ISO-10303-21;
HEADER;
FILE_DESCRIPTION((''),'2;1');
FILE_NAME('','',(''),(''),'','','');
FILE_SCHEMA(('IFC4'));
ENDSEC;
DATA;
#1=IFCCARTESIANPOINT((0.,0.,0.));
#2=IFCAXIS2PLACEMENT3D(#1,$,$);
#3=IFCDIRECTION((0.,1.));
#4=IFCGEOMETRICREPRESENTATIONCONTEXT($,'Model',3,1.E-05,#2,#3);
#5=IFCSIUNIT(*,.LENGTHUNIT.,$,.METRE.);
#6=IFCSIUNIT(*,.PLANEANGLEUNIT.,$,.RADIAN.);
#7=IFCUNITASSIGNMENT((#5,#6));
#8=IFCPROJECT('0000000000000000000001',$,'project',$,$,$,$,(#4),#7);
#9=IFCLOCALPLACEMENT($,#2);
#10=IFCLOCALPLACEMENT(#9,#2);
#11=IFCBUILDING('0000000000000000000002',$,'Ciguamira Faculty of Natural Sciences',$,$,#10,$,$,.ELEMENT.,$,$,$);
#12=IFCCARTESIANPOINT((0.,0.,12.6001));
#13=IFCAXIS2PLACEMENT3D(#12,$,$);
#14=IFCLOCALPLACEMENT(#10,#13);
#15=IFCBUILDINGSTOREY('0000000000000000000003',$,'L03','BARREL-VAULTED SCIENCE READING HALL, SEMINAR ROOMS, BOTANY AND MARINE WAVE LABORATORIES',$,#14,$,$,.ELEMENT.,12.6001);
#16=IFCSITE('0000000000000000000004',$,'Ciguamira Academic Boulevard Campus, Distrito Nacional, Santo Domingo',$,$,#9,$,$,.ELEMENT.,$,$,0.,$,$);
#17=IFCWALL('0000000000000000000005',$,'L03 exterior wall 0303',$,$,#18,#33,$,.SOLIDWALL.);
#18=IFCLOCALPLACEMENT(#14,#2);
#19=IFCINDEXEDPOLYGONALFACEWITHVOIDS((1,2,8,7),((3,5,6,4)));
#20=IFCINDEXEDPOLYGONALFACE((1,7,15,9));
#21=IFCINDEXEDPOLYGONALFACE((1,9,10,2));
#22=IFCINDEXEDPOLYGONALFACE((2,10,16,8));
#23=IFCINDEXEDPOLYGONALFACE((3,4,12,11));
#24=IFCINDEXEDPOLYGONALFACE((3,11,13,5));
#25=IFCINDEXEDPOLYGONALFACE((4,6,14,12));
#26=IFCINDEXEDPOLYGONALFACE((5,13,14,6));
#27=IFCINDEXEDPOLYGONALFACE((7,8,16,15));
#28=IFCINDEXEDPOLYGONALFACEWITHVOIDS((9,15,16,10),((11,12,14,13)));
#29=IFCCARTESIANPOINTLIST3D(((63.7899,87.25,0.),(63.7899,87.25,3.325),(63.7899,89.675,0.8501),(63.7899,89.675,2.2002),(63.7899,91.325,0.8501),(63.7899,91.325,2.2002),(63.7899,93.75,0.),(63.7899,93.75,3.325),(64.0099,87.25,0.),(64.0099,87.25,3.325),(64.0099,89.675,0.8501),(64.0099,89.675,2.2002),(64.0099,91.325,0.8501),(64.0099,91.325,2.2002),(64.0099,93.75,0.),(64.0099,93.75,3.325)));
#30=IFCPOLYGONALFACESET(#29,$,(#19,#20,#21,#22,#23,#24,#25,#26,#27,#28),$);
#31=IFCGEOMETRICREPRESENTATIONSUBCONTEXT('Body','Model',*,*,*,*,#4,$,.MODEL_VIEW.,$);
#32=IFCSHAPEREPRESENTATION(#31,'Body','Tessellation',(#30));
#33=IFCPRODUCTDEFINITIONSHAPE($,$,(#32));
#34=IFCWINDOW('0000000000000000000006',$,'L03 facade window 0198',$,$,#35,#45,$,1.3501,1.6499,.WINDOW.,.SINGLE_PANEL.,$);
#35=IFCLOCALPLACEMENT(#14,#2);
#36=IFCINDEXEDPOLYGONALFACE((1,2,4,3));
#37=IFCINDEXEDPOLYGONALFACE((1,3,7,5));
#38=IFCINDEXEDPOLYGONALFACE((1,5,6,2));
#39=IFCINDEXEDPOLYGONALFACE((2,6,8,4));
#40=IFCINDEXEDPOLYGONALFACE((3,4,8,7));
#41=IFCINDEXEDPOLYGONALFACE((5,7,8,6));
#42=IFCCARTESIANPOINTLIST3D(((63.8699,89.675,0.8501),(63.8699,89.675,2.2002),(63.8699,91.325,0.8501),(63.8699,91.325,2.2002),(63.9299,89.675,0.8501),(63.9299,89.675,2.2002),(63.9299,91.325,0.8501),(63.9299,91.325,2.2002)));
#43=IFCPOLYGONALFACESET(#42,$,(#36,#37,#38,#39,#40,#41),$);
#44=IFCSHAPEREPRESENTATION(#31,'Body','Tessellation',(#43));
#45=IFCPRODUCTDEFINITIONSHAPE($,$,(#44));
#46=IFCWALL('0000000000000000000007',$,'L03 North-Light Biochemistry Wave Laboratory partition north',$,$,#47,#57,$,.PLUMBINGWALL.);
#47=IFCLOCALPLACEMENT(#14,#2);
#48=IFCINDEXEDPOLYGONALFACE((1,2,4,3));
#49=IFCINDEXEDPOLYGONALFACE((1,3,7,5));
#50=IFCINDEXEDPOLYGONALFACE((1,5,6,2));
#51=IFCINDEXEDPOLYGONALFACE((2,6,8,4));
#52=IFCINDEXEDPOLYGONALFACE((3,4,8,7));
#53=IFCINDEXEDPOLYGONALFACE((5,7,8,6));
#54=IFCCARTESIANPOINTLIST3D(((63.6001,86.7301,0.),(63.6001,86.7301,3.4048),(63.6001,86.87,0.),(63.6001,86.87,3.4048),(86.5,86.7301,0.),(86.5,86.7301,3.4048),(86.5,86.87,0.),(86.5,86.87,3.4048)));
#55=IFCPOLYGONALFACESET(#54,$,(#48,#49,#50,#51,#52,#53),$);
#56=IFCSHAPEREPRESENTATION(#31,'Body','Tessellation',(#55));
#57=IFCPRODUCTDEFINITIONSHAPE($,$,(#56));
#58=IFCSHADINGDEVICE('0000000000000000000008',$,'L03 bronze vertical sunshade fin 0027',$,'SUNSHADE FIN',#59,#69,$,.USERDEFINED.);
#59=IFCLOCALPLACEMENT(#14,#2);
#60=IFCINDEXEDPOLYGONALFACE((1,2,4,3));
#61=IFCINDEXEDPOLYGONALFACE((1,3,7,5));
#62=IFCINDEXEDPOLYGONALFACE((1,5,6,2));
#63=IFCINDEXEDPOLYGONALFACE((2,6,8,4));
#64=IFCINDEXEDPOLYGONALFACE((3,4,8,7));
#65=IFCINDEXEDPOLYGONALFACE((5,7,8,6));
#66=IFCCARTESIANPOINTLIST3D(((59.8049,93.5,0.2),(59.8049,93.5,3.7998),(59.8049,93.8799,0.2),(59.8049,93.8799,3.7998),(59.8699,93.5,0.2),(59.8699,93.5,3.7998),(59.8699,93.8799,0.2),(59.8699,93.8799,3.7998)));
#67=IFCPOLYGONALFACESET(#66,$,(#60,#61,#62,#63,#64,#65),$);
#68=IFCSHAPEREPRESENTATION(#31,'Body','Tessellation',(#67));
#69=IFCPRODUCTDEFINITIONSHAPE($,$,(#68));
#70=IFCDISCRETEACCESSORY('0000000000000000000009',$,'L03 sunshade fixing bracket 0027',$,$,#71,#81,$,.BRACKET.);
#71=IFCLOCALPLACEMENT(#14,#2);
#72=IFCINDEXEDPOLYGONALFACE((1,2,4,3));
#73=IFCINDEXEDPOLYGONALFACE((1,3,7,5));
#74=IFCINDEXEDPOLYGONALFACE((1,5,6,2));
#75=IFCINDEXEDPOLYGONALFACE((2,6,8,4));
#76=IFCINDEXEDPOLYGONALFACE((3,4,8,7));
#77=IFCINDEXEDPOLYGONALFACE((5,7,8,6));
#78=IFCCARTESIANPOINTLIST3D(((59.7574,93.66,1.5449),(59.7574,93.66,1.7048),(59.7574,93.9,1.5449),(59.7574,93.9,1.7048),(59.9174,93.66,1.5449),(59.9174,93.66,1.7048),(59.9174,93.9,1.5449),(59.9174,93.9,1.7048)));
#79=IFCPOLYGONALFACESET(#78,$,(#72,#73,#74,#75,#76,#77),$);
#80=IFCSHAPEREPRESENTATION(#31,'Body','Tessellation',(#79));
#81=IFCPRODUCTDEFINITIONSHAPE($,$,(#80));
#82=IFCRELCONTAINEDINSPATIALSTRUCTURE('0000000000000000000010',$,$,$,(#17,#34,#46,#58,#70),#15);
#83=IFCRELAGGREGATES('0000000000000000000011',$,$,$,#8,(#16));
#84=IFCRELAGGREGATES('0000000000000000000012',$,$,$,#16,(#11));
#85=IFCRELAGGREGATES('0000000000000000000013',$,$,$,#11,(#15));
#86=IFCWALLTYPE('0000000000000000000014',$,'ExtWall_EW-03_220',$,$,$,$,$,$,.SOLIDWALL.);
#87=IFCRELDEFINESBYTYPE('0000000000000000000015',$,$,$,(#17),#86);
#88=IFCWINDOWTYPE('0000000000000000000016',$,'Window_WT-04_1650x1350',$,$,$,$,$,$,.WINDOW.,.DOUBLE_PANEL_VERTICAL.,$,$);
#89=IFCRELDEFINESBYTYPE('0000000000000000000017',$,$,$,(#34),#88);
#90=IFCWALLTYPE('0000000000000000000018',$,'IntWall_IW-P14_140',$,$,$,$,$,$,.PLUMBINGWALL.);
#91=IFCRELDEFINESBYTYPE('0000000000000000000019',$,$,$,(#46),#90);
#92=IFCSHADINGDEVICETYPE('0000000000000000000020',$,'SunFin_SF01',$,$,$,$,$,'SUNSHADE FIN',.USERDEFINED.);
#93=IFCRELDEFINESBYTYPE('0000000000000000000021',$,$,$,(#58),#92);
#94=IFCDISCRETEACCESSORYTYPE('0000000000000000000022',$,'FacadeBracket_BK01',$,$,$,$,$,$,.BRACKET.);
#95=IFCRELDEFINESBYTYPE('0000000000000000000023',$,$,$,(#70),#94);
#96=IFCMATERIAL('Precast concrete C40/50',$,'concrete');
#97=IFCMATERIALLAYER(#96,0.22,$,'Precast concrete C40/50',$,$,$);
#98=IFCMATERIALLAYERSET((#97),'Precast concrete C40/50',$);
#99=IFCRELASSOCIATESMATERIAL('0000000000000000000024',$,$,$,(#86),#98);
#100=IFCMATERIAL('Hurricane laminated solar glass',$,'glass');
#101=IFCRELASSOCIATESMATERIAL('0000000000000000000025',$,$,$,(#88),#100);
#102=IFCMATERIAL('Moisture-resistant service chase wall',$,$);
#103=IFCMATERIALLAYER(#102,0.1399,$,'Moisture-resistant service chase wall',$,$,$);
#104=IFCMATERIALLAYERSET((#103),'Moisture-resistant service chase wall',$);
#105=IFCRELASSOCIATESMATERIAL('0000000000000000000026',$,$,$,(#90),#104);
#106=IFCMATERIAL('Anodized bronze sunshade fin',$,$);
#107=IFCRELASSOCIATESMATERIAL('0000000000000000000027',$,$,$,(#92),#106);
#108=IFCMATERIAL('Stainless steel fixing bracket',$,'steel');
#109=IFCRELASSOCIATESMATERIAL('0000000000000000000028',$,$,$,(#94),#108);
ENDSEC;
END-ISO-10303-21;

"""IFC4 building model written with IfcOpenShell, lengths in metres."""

from ifc_helpers import new_model, si_unit, direction, frame, frame_2d, origin, origin_2d, place, context, subcontext, project, spatial, rectangle, extrude, material, layer, layer_set, material_profile, profile_set, type_object, element, fill, save


model = new_model("IFC4")

# Units and contexts
model_context = context("Model", 3, precision=1e-05, world=origin(), true_north=direction((0.0, 1.0)))
body_context = subcontext(model_context, "Body", "Model", "MODEL_VIEW")
ifc_project = project(units=[si_unit("LENGTHUNIT", "METRE"), si_unit("PLANEANGLEUNIT", "RADIAN")], contexts=[model_context])

# Site, building, storey
site_placement = place(None, origin())
site = spatial("IfcSite", under=ifc_project, at=site_placement, Name="Ciguamira Academic Boulevard Campus, Distrito Nacional, Santo Domingo", CompositionType="ELEMENT", RefElevation=0.0)
building_placement = place(site_placement, origin())
building = spatial("IfcBuilding", under=site, at=building_placement, Name="Ciguamira Faculty of Natural Sciences", CompositionType="ELEMENT")
storey_placement = place(building_placement, frame((0.0, 0.0, 12.6001)))
storey = spatial("IfcBuildingStorey", under=building, at=storey_placement, Name="L03", Description="BARREL-VAULTED SCIENCE READING HALL, SEMINAR ROOMS, BOTANY AND MARINE WAVE LABORATORIES", CompositionType="ELEMENT", Elevation=12.6001)

# Shared definitions
ifc_material_1 = material(Name="Precast concrete C40/50", Category="concrete")

# Wall, opening, window
ifc_material_2 = material(Name="Hurricane laminated solar glass", Category="glass")
ifc_layer_1 = layer(ifc_material_1, 0.22, Name="Precast concrete C40/50")
ifc_layer_set_1 = layer_set([ifc_layer_1], Name="Precast concrete C40/50")
wall_type_1 = type_object("IfcWallType", Name="ExtWall_EW-03_220", PredefinedType="SOLIDWALL", material=ifc_layer_set_1)
wall_1_placement = place(storey_placement, frame((63.8999, 87.25, 0.0), z_axis=(0.0, 0.0, 1.0), x_axis=(0.0, 1.0, 0.0)))
wall_1 = element("IfcWall", 1, at=wall_1_placement, inside=storey, type_object=wall_type_1, Name="L03 exterior wall 0303", PredefinedType="SOLIDWALL", context=body_context, shape_type="SweptSolid", body=[
    extrude(rectangle(XDim=6.5, YDim=0.22, at=frame_2d((3.25, 0.0))), origin(), (0.0, 0.0, 1.0), 3.325),
])
opening_1_placement = place(wall_1_placement, frame((2.425, 0.0, 0.8501)))
opening_1 = element("IfcOpeningElement", 2, at=opening_1_placement, cuts=wall_1, PredefinedType="OPENING", context=body_context, shape_type="SweptSolid", body=[
    extrude(rectangle(XDim=1.6499, YDim=1.3501, at=frame_2d((0.825, 0.675))), frame((0.0, 0.1199, 0.0), z_axis=(0.0, -1.0, 0.0), x_axis=(1.0, 0.0, 0.0)), (0.0, 0.0, 1.0), 0.24),
])
window_type_1 = type_object("IfcWindowType", Name="Window_WT-04_1650x1350", PartitioningType="DOUBLE_PANEL_VERTICAL", PredefinedType="WINDOW", material=ifc_material_2)
window_1_placement = place(opening_1_placement, origin())
window_1 = element("IfcWindow", 3, at=window_1_placement, inside=storey, type_object=window_type_1, Name="L03 facade window 0198", OverallHeight=1.3501, OverallWidth=1.6499, PartitioningType="SINGLE_PANEL", PredefinedType="WINDOW", context=body_context, shape_type="SweptSolid", body=[
    extrude(rectangle(XDim=1.6499, YDim=1.3501, at=frame_2d((0.825, 0.675))), frame((0.0, 0.03, 0.0), z_axis=(0.0, -1.0, 0.0), x_axis=(1.0, 0.0, 0.0)), (0.0, 0.0, 1.0), 0.0601),
])
fill(opening_1, window_1)

# Wall
ifc_material_3 = material(Name="Moisture-resistant service chase wall")
ifc_layer_2 = layer(ifc_material_3, 0.1399, Name="Moisture-resistant service chase wall")
ifc_layer_set_2 = layer_set([ifc_layer_2], Name="Moisture-resistant service chase wall")
wall_type_2 = type_object("IfcWallType", Name="IntWall_IW-P14_140", PredefinedType="PLUMBINGWALL", material=ifc_layer_set_2)
wall_2_placement = place(storey_placement, frame((63.6001, 86.8, 0.0), z_axis=(0.0, 0.0, 1.0), x_axis=(1.0, 0.0, 0.0)))
element("IfcWall", 4, at=wall_2_placement, inside=storey, type_object=wall_type_2, Name="L03 North-Light Biochemistry Wave Laboratory partition north", PredefinedType="PLUMBINGWALL", context=body_context, shape_type="SweptSolid", body=[
    extrude(rectangle(XDim=22.8999, YDim=0.1399, at=frame_2d((11.45, 0.0))), origin(), (0.0, 0.0, 1.0), 3.4048),
])

# Shading device
ifc_material_4 = material(Name="Anodized bronze sunshade fin")
ifc_material_profile_1 = material_profile(ifc_material_4, rectangle(XDim=0.0649, YDim=0.3799, at=origin_2d()), Name="BRZ-FIN-65X380")
ifc_profile_set_1 = profile_set([ifc_material_profile_1], Name="Anodized bronze sunshade fin")
shading_device_type = type_object("IfcShadingDeviceType", Name="SunFin_SF01", ElementType="SUNSHADE FIN", PredefinedType="USERDEFINED", material=ifc_profile_set_1)
shading_device_placement = place(storey_placement, frame((59.8374, 93.6899, 0.2), z_axis=(0.0, 0.0, 1.0), x_axis=(1.0, 0.0, 0.0)))
element("IfcShadingDevice", 5, at=shading_device_placement, inside=storey, type_object=shading_device_type, Name="L03 bronze vertical sunshade fin 0027", ObjectType="SUNSHADE FIN", PredefinedType="USERDEFINED", context=body_context, shape_type="SweptSolid", body=[
    extrude(rectangle(XDim=0.0649, YDim=0.3799, at=origin_2d()), origin(), (0.0, 0.0, 1.0), 3.5999),
])

# Discrete accessory
ifc_material_5 = material(Name="Stainless steel fixing bracket", Category="steel")
discrete_accessory_type = type_object("IfcDiscreteAccessoryType", Name="FacadeBracket_BK01", PredefinedType="BRACKET", material=ifc_material_5)
discrete_accessory_placement = place(storey_placement, frame((59.8374, 93.78, 1.5449), z_axis=(0.0, 0.0, 1.0), x_axis=(1.0, 0.0, 0.0)))
element("IfcDiscreteAccessory", 6, at=discrete_accessory_placement, inside=storey, type_object=discrete_accessory_type, Name="L03 sunshade fixing bracket 0027", PredefinedType="BRACKET", context=body_context, shape_type="SweptSolid", body=[
    extrude(rectangle(XDim=0.1599, YDim=0.24, at=origin_2d()), origin(), (0.0, 0.0, 1.0), 0.1599),
])

save(model, "model.ifc")
